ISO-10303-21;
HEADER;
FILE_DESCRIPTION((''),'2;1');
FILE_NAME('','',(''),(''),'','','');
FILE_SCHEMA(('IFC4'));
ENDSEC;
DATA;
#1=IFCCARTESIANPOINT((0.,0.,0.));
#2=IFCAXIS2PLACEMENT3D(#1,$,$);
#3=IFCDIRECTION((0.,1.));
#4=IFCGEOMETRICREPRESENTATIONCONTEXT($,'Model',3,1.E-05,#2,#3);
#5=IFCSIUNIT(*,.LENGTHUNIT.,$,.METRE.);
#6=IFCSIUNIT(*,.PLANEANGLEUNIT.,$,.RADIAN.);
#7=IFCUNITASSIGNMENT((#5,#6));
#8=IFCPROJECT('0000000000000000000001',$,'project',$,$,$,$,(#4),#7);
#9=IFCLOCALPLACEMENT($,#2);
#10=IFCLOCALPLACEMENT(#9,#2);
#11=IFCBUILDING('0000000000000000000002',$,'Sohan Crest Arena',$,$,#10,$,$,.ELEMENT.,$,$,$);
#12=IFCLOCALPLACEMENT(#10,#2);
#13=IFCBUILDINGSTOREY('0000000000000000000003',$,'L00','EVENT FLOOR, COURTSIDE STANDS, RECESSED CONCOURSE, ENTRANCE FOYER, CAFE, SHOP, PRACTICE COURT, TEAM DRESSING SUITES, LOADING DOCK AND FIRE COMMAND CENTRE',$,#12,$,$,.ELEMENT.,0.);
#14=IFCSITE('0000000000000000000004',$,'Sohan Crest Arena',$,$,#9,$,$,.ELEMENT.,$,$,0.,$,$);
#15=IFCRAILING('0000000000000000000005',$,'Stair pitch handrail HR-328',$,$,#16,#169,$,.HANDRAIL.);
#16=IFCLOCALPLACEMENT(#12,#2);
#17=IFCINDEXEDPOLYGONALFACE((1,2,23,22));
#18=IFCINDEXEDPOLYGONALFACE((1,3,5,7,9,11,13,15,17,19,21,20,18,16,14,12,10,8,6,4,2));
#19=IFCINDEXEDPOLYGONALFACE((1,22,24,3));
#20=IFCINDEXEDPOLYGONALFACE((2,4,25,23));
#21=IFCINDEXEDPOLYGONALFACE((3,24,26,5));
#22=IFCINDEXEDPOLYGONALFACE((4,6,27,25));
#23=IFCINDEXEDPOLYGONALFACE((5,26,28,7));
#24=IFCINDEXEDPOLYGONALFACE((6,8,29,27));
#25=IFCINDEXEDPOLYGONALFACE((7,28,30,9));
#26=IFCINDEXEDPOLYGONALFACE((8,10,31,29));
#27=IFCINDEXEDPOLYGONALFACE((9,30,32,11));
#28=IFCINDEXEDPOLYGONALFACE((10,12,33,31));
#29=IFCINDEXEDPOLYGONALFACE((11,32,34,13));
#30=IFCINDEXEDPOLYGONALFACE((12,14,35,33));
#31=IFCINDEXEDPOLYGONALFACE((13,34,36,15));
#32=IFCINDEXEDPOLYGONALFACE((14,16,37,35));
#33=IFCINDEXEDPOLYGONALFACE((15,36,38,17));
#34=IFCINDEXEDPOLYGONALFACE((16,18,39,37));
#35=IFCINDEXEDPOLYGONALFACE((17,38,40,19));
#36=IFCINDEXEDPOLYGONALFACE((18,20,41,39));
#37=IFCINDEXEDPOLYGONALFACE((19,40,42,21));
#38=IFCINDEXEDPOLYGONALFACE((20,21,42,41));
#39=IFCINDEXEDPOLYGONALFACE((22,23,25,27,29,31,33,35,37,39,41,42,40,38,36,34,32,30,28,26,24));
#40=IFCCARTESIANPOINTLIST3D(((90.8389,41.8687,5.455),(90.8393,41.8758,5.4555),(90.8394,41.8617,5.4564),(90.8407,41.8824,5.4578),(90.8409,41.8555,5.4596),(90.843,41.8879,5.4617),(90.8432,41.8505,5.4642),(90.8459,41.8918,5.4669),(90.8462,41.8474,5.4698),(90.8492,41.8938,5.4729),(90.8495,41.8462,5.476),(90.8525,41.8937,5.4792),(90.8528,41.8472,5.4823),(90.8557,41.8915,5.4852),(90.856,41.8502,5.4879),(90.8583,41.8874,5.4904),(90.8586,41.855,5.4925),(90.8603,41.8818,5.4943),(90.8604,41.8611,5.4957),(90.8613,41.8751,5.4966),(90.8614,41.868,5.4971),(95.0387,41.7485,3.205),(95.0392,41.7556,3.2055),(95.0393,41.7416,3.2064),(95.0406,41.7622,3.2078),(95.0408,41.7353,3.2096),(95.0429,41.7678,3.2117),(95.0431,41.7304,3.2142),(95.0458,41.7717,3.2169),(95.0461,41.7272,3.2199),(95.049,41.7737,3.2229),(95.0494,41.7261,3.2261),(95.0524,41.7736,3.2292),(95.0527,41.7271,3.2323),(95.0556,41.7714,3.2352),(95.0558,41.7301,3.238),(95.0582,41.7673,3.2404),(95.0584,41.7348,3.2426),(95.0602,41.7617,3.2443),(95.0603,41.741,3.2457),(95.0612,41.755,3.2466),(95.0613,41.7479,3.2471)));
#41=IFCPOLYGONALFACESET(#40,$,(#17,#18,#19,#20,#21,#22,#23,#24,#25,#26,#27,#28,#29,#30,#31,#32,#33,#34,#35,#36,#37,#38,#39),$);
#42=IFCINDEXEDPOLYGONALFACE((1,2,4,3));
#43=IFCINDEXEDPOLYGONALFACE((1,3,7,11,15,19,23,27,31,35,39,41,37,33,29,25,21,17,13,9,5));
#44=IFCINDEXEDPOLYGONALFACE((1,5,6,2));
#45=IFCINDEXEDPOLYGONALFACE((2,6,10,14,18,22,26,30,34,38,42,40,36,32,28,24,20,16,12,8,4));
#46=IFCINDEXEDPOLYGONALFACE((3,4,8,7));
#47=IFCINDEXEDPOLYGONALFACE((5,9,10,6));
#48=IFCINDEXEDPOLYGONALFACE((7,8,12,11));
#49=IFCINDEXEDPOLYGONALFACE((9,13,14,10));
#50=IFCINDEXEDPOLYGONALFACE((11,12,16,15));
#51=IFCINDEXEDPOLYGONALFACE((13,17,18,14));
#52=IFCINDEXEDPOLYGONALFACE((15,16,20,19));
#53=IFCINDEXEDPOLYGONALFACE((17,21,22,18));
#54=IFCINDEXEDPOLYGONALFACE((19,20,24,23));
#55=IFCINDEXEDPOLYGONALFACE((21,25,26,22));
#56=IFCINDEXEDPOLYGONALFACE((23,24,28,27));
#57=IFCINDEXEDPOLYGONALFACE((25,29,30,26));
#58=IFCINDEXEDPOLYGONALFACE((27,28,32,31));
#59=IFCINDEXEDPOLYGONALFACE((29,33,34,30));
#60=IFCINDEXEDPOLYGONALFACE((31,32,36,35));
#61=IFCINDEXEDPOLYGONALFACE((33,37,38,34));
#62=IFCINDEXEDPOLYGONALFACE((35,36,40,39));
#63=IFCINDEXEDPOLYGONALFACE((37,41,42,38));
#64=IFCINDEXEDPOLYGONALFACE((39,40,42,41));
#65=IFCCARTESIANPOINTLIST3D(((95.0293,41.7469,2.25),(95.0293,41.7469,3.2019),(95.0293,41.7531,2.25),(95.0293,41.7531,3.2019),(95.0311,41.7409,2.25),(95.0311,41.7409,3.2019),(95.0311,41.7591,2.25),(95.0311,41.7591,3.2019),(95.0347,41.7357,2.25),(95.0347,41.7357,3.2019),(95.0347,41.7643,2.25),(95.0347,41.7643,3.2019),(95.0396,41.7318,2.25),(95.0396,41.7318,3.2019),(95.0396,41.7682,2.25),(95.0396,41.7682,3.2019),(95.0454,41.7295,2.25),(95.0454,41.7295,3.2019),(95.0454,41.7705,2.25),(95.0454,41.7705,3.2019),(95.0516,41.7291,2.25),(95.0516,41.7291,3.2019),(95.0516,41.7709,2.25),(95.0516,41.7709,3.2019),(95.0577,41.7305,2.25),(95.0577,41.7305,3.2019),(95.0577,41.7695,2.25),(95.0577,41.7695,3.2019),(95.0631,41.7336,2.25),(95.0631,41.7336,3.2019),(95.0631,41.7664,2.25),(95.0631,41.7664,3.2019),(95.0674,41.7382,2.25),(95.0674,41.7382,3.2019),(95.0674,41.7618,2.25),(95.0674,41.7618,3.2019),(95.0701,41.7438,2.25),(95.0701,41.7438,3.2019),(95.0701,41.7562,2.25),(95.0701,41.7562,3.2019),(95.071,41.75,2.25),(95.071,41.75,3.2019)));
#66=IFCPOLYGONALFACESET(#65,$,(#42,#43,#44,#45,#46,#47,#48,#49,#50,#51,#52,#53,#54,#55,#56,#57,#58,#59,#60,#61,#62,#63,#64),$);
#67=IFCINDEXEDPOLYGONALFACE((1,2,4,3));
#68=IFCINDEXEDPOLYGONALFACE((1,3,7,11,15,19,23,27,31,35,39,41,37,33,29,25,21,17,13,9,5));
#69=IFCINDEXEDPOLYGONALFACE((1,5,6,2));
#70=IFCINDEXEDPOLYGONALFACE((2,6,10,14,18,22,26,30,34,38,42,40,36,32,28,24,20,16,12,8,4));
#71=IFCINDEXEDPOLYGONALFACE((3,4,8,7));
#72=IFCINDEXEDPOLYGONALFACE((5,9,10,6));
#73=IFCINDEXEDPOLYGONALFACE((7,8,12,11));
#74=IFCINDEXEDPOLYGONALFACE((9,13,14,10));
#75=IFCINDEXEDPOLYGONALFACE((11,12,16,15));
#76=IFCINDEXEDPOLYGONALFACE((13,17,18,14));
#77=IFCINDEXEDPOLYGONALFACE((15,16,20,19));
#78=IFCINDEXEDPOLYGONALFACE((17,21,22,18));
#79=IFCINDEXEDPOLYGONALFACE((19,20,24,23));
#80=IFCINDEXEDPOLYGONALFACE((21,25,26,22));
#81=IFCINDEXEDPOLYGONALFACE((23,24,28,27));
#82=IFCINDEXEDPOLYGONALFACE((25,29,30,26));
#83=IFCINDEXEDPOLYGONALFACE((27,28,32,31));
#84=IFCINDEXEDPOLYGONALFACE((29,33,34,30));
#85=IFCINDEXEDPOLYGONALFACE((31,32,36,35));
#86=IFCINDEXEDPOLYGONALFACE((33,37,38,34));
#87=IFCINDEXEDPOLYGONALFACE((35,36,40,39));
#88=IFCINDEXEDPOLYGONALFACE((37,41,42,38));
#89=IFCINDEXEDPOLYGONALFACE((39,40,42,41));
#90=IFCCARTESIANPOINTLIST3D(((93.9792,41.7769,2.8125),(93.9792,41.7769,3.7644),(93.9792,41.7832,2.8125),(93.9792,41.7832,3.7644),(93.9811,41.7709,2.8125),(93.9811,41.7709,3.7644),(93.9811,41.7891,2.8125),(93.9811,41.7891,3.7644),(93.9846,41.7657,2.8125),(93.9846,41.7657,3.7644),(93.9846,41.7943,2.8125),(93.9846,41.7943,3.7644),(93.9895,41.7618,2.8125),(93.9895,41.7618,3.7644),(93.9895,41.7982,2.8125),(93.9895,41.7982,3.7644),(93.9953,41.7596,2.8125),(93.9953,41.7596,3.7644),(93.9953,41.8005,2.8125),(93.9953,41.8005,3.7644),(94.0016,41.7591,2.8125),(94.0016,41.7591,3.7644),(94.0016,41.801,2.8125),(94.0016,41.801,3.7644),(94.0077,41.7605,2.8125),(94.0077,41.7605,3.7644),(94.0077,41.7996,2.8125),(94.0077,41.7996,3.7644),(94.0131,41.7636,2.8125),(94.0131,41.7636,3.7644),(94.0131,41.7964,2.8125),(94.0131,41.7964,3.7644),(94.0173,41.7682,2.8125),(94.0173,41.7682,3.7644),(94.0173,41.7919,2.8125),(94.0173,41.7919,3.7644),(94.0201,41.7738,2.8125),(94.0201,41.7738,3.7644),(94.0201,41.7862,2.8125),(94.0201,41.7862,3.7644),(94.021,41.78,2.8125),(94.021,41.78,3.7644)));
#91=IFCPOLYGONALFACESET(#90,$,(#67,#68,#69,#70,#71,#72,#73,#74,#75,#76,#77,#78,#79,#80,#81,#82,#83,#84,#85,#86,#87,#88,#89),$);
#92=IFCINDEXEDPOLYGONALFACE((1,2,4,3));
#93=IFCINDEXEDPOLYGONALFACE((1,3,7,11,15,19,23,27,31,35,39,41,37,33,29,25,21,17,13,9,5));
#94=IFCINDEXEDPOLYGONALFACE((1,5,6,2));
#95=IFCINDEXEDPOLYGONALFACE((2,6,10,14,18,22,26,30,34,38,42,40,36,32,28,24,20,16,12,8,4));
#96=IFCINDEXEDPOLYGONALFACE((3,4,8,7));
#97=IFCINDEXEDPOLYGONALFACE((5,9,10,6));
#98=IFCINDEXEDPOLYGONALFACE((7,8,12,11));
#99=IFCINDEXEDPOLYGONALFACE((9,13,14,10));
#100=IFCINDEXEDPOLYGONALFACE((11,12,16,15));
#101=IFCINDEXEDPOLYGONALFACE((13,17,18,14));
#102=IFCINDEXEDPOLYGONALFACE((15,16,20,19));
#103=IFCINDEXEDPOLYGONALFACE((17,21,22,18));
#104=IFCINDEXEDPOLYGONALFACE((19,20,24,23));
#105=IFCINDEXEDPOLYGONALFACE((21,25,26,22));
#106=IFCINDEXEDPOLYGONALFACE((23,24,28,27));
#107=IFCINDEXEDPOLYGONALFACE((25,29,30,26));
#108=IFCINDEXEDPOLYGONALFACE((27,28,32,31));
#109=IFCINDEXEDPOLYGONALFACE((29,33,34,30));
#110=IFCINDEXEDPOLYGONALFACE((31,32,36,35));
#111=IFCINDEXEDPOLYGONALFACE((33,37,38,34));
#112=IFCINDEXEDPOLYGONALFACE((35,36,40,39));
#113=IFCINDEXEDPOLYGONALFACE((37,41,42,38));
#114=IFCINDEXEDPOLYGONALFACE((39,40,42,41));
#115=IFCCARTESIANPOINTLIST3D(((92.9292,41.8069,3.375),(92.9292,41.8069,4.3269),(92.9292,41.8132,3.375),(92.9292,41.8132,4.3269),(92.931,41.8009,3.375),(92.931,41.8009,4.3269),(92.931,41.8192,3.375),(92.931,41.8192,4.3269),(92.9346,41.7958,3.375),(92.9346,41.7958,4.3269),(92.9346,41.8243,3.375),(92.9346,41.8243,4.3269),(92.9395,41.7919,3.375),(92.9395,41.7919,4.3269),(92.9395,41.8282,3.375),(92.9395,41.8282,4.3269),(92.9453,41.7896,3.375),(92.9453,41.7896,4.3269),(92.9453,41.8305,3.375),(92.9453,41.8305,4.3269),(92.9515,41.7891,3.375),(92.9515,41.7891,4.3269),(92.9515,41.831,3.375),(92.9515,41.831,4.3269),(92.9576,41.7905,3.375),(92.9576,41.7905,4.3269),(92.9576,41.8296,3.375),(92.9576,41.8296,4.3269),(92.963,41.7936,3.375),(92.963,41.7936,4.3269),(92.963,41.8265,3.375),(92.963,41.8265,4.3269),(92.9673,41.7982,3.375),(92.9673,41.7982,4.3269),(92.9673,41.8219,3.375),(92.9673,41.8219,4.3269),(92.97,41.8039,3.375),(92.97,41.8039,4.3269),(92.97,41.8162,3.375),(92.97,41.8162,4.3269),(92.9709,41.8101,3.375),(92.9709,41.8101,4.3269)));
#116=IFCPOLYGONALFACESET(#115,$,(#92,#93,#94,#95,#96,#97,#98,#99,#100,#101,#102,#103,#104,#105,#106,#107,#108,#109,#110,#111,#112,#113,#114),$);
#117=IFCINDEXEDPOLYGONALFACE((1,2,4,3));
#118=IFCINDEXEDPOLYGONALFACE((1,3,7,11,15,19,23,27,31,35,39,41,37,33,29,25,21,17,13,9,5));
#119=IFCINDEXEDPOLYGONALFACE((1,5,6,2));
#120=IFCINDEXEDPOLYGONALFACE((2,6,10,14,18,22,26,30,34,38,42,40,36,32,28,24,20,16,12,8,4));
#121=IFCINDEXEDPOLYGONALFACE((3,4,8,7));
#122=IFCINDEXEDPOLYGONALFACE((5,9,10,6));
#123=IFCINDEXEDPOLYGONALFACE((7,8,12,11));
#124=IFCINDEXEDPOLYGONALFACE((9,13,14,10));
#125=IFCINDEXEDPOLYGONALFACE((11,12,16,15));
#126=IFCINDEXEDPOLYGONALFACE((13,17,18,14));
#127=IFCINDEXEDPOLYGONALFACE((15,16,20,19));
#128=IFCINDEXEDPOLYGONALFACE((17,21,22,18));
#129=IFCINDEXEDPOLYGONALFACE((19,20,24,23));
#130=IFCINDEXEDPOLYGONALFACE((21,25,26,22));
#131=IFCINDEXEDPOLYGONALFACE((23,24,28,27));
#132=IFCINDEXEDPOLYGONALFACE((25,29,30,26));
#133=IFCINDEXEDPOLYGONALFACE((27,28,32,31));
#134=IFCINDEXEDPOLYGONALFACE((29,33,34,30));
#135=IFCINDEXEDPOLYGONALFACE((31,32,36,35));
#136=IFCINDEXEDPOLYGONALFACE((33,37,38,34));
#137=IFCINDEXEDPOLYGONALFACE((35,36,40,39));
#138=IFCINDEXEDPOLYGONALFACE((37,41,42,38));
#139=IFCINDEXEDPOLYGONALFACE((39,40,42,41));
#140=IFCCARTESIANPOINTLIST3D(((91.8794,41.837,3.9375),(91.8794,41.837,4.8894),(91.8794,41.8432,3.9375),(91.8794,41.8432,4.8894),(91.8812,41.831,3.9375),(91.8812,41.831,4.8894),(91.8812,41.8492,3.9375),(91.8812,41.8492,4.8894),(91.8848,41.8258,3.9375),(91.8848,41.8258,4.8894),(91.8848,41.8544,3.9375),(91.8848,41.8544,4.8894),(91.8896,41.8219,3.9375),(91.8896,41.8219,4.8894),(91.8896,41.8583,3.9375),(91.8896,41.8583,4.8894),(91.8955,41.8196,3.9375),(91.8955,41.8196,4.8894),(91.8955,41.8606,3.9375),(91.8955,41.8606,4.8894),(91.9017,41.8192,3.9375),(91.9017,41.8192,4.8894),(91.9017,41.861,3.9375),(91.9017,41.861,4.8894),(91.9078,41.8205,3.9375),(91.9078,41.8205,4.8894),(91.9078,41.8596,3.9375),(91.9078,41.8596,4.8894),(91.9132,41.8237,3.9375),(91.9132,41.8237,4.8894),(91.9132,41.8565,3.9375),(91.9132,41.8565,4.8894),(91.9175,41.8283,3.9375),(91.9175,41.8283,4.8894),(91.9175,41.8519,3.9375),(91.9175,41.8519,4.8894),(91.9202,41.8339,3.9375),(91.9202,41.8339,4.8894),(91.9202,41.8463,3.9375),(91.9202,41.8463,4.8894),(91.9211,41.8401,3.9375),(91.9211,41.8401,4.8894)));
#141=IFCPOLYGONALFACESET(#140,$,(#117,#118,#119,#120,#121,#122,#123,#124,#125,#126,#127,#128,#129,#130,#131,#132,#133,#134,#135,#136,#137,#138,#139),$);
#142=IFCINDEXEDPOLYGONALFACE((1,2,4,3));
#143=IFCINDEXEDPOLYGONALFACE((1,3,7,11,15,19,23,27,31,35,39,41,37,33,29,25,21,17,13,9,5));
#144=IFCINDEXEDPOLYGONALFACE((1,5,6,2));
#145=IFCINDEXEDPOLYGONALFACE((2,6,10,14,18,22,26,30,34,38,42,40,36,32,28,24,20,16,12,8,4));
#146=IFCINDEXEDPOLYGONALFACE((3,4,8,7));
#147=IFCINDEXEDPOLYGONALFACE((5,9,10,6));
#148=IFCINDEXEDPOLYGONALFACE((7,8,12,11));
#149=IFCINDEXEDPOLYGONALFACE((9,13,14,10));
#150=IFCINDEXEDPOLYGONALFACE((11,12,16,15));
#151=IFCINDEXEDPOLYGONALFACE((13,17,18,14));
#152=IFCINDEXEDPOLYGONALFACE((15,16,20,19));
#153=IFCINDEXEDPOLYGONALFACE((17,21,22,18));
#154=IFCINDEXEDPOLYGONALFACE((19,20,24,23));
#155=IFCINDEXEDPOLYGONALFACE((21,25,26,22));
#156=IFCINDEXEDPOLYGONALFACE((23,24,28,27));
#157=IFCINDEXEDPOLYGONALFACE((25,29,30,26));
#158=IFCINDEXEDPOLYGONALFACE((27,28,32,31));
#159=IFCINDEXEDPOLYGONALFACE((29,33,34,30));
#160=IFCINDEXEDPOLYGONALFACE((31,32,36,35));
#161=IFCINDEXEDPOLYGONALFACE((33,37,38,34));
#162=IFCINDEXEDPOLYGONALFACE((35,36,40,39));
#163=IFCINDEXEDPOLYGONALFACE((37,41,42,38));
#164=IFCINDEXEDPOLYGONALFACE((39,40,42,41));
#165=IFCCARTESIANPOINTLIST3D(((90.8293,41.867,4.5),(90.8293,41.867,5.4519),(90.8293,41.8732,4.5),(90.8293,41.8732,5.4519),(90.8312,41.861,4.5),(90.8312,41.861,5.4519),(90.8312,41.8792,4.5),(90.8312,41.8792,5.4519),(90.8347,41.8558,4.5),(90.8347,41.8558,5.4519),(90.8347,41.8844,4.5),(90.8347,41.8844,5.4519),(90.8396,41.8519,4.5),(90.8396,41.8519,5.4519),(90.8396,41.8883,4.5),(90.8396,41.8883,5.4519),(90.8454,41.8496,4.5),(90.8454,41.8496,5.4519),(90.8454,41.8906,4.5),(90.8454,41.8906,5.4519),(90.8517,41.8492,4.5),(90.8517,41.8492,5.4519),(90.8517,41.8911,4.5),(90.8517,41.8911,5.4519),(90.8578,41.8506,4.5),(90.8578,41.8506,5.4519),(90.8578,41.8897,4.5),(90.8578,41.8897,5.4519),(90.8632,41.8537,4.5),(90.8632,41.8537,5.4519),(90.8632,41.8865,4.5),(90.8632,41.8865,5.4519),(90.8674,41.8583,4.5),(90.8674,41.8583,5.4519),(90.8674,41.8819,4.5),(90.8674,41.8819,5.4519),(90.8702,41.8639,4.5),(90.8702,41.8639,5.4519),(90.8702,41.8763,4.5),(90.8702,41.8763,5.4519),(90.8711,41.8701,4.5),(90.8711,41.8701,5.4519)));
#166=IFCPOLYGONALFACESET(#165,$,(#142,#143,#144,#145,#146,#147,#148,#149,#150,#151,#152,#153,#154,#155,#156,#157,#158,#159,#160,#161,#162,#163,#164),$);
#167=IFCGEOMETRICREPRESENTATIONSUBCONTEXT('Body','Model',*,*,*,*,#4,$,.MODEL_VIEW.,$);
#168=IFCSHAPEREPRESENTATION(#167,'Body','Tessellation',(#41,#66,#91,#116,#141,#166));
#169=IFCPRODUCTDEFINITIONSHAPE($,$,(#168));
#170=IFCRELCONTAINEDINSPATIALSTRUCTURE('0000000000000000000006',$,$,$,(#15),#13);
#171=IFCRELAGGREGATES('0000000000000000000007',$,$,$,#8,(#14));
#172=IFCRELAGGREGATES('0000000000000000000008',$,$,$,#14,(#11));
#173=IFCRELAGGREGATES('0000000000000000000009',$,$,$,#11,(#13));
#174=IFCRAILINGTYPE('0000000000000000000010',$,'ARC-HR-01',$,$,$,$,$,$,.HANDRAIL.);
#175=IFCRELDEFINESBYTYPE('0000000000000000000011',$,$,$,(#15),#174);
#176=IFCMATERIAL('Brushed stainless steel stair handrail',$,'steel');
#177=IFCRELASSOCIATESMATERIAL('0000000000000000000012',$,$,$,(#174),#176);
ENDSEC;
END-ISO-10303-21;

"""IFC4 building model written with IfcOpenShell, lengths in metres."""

from ifc_helpers import new_model, si_unit, direction, frame, origin, origin_2d, place, context, subcontext, project, spatial, circle, extrude, material, type_object, element, save


model = new_model("IFC4")

# Units and contexts
model_context = context("Model", 3, precision=1e-05, world=origin(), true_north=direction((0.0, 1.0)))
body_context = subcontext(model_context, "Body", "Model", "MODEL_VIEW")
ifc_project = project(units=[si_unit("LENGTHUNIT", "METRE"), si_unit("PLANEANGLEUNIT", "RADIAN")], contexts=[model_context])

# Site, building, storey
site_placement = place(None, origin())
site = spatial("IfcSite", under=ifc_project, at=site_placement, Name="Sohan Crest Arena", CompositionType="ELEMENT", RefElevation=0.0)
building_placement = place(site_placement, origin())
building = spatial("IfcBuilding", under=site, at=building_placement, Name="Sohan Crest Arena", CompositionType="ELEMENT")
storey_placement = place(building_placement, origin())
storey = spatial("IfcBuildingStorey", under=building, at=storey_placement, Name="L00", Description="EVENT FLOOR, COURTSIDE STANDS, RECESSED CONCOURSE, ENTRANCE FOYER, CAFE, SHOP, PRACTICE COURT, TEAM DRESSING SUITES, LOADING DOCK AND FIRE COMMAND CENTRE", CompositionType="ELEMENT", Elevation=0.0)

# Railing
ifc_material_1 = material(Name="Brushed stainless steel stair handrail", Category="steel")
railing_type_1 = type_object("IfcRailingType", Name="ARC-HR-01", PredefinedType="HANDRAIL", material=ifc_material_1)
railing_1_placement = place(storey_placement, frame((95.05, 41.75, 2.25)))
element("IfcRailing", 1, at=railing_1_placement, inside=storey, type_object=railing_type_1, Name="Stair pitch handrail HR-328", PredefinedType="HANDRAIL", context=body_context, shape_type="SweptSolid", body=[
    extrude(circle(Radius=0.0239, at=origin_2d()), frame((0.0, 0.0, 0.9761), z_axis=(-0.881198, 0.025202, 0.472076), x_axis=(-0.028588, -0.999591, 0.0)), (0.0, 0.0, 1.0), 4.7661),
    extrude(circle(Radius=0.021, at=origin_2d()), origin(), (0.0, 0.0, 1.0), 0.9519),
    extrude(circle(Radius=0.021, at=origin_2d()), frame((-1.05, 0.03, 0.5625)), (0.0, 0.0, 1.0), 0.9519),
    extrude(circle(Radius=0.021, at=origin_2d()), frame((-2.1001, 0.0601, 1.125)), (0.0, 0.0, 1.0), 0.9519),
    extrude(circle(Radius=0.021, at=origin_2d()), frame((-3.1499, 0.0901, 1.6875)), (0.0, 0.0, 1.0), 0.9519),
    extrude(circle(Radius=0.021, at=origin_2d()), frame((-4.2, 0.1201, 2.25)), (0.0, 0.0, 1.0), 0.9519),
])

save(model, "model.ifc")
